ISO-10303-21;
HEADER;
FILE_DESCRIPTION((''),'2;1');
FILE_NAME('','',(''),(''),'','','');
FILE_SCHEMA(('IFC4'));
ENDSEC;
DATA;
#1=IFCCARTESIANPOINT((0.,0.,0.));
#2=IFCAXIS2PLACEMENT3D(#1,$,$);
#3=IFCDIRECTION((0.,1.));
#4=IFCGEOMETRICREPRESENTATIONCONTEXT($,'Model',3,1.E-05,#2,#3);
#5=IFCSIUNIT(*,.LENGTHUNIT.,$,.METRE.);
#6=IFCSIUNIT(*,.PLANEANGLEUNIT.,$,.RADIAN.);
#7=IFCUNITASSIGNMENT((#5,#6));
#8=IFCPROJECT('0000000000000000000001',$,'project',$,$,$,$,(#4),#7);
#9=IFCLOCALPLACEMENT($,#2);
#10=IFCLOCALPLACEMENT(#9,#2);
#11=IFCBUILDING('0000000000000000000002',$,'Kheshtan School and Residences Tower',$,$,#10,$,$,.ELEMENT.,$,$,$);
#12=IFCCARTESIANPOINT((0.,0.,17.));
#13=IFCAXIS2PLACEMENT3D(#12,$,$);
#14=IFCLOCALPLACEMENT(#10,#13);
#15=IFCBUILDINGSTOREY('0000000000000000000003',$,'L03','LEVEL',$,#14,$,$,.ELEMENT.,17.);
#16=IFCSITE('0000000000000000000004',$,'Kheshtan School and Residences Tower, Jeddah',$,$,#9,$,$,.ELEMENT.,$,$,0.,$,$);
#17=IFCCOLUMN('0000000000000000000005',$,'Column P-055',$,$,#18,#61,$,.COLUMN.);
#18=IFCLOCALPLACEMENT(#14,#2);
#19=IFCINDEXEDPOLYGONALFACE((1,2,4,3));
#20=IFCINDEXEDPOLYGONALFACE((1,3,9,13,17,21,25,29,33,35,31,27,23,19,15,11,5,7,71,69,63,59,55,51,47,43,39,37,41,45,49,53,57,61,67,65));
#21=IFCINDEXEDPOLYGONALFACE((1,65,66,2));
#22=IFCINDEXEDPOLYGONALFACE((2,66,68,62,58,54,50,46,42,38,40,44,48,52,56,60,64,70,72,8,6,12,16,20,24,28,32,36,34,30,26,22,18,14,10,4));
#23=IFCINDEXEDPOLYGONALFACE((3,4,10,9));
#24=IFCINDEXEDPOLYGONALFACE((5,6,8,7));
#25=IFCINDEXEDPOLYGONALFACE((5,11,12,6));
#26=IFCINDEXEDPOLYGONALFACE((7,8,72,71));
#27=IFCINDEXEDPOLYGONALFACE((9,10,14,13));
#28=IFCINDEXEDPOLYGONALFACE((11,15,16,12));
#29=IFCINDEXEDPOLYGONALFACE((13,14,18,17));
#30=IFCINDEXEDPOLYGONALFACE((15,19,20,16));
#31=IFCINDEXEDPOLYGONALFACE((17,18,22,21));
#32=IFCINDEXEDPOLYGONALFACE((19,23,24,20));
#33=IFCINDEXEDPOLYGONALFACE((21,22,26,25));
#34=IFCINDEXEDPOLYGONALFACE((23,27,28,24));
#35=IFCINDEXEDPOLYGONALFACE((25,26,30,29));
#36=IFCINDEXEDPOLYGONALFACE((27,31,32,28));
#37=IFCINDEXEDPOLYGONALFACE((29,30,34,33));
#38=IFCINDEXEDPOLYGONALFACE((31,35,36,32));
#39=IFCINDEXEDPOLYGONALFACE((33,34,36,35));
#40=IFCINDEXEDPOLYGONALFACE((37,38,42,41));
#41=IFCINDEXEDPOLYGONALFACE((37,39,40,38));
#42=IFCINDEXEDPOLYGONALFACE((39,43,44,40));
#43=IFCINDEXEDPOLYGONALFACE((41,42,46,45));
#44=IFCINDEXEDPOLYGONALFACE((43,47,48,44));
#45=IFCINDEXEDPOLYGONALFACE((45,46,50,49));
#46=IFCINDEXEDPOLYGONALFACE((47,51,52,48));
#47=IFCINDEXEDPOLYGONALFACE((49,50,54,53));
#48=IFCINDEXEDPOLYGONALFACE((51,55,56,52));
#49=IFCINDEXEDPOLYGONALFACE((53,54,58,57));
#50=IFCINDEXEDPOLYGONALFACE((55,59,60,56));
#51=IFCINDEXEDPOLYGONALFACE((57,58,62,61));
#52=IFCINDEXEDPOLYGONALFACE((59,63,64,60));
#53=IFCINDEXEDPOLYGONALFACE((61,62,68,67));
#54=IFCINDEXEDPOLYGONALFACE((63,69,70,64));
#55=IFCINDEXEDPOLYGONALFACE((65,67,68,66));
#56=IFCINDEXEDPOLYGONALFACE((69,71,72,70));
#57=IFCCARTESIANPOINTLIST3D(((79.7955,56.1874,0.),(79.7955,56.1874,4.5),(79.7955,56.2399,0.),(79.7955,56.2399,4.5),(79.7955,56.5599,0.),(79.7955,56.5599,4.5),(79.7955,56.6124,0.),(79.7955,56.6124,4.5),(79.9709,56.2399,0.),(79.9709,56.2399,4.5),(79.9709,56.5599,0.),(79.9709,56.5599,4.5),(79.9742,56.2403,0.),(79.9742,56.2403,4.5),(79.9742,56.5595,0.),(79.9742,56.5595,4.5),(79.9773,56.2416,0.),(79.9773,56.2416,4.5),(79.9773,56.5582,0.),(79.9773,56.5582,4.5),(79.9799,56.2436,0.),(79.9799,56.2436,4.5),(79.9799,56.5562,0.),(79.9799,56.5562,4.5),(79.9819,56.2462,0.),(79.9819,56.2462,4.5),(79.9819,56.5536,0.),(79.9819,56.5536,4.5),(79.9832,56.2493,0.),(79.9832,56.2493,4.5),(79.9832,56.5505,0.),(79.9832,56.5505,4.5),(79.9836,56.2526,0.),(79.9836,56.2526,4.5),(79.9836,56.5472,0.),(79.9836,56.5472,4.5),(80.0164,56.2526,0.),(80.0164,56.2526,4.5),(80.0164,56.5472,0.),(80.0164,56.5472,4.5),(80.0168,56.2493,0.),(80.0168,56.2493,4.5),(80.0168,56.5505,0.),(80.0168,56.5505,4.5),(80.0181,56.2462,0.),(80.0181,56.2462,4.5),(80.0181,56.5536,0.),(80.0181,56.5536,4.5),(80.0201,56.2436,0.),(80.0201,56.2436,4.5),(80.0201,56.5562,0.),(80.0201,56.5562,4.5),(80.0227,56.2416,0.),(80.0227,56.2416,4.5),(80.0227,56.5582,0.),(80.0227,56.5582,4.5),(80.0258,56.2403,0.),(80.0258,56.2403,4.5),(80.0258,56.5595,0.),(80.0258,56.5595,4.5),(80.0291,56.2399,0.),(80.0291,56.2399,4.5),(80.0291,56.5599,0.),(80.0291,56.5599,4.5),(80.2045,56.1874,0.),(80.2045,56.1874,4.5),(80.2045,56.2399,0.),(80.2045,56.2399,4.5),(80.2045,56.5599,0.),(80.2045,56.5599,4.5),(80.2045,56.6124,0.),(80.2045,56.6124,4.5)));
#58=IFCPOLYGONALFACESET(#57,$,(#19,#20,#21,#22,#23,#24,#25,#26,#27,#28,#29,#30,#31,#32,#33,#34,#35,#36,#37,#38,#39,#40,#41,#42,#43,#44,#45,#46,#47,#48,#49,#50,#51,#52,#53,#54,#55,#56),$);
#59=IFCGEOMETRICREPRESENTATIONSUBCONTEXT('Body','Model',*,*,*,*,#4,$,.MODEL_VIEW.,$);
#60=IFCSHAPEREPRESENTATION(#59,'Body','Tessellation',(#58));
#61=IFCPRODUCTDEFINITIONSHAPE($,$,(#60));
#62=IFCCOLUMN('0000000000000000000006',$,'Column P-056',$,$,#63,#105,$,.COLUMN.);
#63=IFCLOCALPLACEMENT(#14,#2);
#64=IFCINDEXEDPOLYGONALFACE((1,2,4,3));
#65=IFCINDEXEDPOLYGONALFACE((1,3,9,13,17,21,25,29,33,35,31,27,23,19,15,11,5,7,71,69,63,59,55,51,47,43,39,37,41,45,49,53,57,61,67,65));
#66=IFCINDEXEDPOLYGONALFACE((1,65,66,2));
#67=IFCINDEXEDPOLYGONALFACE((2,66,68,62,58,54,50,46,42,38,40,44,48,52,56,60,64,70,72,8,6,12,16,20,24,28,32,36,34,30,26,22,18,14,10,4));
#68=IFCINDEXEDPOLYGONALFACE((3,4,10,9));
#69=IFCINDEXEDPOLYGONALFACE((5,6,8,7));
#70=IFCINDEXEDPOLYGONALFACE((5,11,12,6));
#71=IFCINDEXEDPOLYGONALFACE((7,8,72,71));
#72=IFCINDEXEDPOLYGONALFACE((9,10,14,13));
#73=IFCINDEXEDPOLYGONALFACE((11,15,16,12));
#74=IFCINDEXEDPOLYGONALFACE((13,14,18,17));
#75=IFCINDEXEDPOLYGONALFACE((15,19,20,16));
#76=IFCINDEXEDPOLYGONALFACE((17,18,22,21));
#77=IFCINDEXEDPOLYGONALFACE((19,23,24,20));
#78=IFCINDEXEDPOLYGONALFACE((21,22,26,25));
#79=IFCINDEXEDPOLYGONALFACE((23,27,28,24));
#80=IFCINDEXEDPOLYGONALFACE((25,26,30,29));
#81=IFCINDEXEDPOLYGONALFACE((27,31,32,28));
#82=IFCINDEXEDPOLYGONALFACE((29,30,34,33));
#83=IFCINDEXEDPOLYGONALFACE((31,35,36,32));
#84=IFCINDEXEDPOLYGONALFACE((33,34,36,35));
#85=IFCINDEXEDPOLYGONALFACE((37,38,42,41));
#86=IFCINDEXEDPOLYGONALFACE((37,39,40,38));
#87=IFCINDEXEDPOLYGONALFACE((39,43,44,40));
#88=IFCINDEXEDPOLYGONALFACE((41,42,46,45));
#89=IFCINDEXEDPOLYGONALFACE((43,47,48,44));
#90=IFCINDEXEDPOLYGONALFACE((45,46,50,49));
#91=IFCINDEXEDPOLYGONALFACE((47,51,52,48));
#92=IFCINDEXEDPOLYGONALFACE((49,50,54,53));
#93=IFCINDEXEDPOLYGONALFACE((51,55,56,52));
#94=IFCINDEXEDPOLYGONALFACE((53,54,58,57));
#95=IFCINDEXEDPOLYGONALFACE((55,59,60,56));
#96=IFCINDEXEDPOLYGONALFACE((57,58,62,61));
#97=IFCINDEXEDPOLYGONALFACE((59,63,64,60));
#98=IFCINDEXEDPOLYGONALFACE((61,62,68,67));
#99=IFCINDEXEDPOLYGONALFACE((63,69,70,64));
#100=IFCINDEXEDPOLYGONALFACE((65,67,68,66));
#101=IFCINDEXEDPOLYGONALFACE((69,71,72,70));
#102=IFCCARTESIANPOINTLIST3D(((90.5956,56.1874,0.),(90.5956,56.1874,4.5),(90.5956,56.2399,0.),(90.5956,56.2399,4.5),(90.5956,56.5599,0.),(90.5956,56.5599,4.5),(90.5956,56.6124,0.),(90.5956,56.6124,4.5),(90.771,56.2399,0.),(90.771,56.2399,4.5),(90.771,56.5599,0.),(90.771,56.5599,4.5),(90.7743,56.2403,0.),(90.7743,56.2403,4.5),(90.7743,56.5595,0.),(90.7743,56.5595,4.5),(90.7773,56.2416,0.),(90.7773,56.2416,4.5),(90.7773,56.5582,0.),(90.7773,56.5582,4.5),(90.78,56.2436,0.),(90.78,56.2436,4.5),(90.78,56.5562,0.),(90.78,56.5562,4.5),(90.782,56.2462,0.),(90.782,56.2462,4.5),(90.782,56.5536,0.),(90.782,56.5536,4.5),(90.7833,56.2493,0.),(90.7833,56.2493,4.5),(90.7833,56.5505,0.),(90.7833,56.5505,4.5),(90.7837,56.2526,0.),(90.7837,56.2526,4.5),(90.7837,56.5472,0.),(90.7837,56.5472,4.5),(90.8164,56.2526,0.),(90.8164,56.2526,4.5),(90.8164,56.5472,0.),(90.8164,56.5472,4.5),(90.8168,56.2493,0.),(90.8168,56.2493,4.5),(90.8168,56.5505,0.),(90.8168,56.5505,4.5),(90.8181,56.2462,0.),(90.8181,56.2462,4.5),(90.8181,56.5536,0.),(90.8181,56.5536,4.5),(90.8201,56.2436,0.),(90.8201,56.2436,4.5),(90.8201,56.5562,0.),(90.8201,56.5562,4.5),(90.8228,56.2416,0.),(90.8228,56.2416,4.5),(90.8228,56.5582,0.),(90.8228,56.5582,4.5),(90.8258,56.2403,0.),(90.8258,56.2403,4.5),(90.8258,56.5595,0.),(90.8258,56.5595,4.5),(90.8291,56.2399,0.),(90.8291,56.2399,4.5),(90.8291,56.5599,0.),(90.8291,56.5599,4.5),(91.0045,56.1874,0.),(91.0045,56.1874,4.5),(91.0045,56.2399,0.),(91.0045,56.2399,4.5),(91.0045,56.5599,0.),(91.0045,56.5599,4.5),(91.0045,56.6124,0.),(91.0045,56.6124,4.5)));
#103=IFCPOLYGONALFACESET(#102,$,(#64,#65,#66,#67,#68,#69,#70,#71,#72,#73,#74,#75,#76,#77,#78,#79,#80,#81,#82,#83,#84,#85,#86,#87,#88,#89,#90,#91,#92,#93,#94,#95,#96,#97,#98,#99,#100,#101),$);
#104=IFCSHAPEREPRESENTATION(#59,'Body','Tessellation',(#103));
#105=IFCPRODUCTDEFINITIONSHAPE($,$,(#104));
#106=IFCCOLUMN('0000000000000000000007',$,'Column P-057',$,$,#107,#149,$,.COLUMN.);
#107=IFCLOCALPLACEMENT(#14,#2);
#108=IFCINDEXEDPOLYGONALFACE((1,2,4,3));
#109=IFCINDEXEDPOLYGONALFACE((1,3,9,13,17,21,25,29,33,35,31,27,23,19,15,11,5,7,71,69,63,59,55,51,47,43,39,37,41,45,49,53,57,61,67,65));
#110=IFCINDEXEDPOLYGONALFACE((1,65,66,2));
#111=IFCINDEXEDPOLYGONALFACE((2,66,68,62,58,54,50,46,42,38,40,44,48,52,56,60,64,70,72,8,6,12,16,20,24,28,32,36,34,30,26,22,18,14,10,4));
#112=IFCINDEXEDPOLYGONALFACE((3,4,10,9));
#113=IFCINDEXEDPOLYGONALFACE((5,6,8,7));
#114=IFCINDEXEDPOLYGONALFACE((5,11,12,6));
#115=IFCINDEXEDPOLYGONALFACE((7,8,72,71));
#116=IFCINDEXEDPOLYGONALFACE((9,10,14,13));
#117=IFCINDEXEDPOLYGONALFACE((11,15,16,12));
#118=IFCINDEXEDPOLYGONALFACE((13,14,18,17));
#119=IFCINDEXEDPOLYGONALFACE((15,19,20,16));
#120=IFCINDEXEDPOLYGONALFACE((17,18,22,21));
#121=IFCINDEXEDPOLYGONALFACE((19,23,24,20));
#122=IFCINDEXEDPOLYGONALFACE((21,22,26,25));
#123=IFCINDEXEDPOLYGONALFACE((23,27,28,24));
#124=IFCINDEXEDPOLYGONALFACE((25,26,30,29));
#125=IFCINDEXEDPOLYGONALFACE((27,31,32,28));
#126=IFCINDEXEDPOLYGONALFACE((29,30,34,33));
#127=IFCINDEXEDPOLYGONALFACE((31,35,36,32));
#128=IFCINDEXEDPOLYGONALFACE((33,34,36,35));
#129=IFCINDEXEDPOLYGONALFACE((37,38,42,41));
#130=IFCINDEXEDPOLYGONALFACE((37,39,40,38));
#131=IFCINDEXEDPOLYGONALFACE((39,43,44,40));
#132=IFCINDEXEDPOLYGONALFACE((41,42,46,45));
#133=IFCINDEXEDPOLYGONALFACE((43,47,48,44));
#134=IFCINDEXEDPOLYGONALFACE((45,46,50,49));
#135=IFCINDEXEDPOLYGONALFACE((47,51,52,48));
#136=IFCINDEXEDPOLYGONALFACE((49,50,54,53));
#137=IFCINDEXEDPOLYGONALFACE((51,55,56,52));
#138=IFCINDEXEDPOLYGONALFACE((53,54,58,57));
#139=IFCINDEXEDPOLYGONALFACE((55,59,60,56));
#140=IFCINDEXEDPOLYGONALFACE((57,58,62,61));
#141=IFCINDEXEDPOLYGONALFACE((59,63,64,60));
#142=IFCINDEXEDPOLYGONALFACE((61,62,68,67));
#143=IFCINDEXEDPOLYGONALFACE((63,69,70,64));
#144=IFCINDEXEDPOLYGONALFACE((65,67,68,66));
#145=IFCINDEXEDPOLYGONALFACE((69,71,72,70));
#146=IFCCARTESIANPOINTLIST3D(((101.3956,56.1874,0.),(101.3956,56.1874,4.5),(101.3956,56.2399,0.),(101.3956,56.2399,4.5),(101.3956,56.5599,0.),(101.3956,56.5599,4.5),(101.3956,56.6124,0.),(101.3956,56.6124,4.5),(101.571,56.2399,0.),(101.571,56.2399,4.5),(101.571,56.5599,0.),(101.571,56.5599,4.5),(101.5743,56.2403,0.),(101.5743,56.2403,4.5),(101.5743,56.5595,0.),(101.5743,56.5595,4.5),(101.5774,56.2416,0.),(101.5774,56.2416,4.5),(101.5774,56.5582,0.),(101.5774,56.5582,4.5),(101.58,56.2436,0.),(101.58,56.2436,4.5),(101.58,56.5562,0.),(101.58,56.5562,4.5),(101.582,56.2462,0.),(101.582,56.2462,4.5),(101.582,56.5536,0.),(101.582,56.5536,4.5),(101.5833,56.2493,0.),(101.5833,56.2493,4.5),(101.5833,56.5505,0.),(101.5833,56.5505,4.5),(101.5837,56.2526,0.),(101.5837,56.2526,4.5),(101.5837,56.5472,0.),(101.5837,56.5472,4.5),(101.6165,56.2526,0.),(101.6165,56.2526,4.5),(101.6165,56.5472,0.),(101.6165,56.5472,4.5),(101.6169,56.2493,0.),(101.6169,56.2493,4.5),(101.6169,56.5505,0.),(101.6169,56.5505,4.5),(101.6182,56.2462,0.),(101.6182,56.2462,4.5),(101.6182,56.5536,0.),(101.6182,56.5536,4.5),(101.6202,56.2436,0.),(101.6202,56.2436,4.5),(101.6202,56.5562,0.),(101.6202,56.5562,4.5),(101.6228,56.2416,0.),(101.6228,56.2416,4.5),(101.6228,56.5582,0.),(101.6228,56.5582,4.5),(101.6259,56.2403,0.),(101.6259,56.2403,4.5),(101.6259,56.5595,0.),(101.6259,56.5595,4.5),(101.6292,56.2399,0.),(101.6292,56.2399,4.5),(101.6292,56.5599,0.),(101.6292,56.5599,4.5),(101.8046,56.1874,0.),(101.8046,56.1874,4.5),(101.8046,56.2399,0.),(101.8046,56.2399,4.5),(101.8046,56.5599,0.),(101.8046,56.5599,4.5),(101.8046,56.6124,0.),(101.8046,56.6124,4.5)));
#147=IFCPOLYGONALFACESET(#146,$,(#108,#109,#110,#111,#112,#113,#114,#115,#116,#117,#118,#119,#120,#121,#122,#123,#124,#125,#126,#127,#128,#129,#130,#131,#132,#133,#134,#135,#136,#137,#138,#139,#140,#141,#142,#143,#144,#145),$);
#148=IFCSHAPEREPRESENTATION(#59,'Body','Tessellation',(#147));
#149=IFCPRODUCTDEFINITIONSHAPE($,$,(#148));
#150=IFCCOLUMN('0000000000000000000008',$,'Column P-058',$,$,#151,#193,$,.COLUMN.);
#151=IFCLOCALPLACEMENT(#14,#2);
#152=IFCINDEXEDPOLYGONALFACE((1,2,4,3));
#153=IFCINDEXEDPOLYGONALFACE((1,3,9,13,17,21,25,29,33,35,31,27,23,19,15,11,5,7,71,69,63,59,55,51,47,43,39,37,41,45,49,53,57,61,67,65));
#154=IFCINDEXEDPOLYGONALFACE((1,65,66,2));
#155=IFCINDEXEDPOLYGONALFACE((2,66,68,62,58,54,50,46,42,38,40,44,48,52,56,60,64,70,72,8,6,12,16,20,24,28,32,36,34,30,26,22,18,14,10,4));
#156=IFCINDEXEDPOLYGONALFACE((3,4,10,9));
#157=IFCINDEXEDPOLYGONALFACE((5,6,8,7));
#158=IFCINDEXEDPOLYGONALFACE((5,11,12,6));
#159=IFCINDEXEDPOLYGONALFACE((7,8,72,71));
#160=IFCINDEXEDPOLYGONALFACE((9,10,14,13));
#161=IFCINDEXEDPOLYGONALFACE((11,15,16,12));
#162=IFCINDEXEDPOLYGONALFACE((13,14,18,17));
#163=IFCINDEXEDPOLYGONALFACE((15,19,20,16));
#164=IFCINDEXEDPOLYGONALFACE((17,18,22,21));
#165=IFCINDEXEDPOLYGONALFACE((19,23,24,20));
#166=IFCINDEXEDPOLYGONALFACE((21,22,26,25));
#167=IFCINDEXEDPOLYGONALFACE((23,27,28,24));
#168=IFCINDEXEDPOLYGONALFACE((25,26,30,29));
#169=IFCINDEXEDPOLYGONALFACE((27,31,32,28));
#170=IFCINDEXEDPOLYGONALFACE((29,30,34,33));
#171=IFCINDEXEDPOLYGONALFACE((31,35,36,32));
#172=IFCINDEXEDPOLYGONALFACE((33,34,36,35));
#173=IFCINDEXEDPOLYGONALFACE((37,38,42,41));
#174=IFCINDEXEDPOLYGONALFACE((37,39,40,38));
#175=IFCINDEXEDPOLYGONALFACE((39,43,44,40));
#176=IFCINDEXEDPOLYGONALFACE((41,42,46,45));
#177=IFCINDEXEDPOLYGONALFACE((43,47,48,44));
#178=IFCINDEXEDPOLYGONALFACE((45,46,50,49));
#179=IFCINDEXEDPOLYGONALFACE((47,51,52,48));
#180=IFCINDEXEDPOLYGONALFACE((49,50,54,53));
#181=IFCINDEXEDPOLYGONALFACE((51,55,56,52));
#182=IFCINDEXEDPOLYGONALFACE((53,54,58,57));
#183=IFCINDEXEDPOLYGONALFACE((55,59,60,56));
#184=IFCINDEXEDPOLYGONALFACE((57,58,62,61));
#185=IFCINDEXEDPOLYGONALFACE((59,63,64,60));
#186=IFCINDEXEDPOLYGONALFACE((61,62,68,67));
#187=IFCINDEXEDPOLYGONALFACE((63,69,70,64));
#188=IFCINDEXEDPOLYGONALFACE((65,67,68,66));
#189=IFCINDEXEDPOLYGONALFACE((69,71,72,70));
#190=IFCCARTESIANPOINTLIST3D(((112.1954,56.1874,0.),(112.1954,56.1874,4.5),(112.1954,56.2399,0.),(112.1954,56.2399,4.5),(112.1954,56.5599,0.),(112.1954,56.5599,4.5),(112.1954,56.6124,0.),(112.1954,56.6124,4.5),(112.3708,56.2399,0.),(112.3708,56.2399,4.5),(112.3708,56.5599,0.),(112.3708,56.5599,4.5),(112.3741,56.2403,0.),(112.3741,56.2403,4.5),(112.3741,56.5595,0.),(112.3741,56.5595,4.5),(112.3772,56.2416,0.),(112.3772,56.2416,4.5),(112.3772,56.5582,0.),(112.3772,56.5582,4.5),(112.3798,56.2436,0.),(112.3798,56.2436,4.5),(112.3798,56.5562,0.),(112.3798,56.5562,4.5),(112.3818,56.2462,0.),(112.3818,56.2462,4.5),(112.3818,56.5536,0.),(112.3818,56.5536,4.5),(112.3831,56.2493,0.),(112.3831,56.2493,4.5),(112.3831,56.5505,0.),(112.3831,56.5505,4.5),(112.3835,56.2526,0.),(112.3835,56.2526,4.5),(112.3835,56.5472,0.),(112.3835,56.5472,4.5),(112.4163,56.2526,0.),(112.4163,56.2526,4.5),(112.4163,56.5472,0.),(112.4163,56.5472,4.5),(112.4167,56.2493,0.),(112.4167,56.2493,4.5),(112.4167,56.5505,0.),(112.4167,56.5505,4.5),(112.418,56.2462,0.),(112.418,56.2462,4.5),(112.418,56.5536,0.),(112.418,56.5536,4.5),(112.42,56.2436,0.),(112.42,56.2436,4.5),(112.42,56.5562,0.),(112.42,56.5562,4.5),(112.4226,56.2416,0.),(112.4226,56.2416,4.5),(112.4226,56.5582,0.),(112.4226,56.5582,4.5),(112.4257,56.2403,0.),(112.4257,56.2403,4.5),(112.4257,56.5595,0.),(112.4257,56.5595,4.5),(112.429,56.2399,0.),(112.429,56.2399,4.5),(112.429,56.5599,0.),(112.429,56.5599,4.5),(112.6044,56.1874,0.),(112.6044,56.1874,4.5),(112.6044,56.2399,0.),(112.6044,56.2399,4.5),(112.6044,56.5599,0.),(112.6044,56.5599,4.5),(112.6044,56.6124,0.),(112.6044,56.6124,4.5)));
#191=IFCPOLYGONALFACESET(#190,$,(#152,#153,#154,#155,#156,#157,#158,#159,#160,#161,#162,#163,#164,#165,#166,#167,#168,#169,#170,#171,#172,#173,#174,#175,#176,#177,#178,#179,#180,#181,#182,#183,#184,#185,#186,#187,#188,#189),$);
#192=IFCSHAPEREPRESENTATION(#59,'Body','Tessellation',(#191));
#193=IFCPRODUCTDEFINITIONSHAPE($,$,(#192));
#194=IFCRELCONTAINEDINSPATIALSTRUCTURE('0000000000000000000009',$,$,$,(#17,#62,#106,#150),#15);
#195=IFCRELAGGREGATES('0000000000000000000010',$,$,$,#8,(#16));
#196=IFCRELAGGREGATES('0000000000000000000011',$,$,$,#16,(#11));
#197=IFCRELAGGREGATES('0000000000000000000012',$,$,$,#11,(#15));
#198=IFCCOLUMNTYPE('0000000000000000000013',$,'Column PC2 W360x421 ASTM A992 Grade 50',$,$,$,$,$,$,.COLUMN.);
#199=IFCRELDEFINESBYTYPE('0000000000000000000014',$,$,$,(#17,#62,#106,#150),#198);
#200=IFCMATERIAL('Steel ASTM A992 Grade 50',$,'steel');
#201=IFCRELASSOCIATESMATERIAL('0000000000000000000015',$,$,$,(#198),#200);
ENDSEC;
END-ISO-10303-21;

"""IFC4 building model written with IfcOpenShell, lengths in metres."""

from ifc_helpers import new_model, si_unit, direction, frame, origin, origin_2d, place, context, subcontext, project, spatial, i_section, extrude, material, material_profile, profile_set, type_object, element, save


model = new_model("IFC4")

# Units and contexts
model_context = context("Model", 3, precision=1e-05, world=origin(), true_north=direction((0.0, 1.0)))
body_context = subcontext(model_context, "Body", "Model", "MODEL_VIEW")
ifc_project = project(units=[si_unit("LENGTHUNIT", "METRE"), si_unit("PLANEANGLEUNIT", "RADIAN")], contexts=[model_context])

# Site, building, storey
site_placement = place(None, origin())
site = spatial("IfcSite", under=ifc_project, at=site_placement, Name="Kheshtan School and Residences Tower, Jeddah", CompositionType="ELEMENT", RefElevation=0.0)
building_placement = place(site_placement, origin())
building = spatial("IfcBuilding", under=site, at=building_placement, Name="Kheshtan School and Residences Tower", CompositionType="ELEMENT")
storey_placement = place(building_placement, frame((0.0, 0.0, 17.0)))
storey = spatial("IfcBuildingStorey", under=building, at=storey_placement, Name="L03", Description="LEVEL", CompositionType="ELEMENT", Elevation=17.0)

# Columns
ifc_material_1 = material(Name="Steel ASTM A992 Grade 50", Category="steel")
ifc_material_profile_1 = material_profile(ifc_material_1, i_section(OverallWidth=0.4089, OverallDepth=0.425, WebThickness=0.0327, FlangeThickness=0.0525, FilletRadius=0.0127, at=origin_2d()), Name="W360x421")
ifc_profile_set_1 = profile_set([ifc_material_profile_1], Name="Steel ASTM A992 Grade 50")
column_type = type_object("IfcColumnType", Name="Column PC2 W360x421 ASTM A992 Grade 50", PredefinedType="COLUMN", material=ifc_profile_set_1)
for number, where, z_axis, x_axis, name in (
    (1, (80.0, 56.3999, 0.0), (0.0, 0.0, 1.0), (1.0, 0.0, 0.0), "Column P-055"),
    (2, (90.8, 56.3999, 0.0), (0.0, 0.0, 1.0), (1.0, 0.0, 0.0), "Column P-056"),
    (3, (101.6001, 56.3999, 0.0), (0.0, 0.0, 1.0), (1.0, 0.0, 0.0), "Column P-057"),
    (4, (112.3999, 56.3999, 0.0), (0.0, 0.0, 1.0), (1.0, 0.0, 0.0), "Column P-058"),
):
    element("IfcColumn", number, at=place(storey_placement, frame(where, z_axis=z_axis, x_axis=x_axis)), inside=storey, type_object=column_type, Name=name, PredefinedType="COLUMN", context=body_context, shape_type="SweptSolid", body=[
        extrude(i_section(OverallWidth=0.4089, OverallDepth=0.425, WebThickness=0.0327, FlangeThickness=0.0525, FilletRadius=0.0127, at=origin_2d()), origin(), (0.0, 0.0, 1.0), 4.5),
    ])

save(model, "model.ifc")
